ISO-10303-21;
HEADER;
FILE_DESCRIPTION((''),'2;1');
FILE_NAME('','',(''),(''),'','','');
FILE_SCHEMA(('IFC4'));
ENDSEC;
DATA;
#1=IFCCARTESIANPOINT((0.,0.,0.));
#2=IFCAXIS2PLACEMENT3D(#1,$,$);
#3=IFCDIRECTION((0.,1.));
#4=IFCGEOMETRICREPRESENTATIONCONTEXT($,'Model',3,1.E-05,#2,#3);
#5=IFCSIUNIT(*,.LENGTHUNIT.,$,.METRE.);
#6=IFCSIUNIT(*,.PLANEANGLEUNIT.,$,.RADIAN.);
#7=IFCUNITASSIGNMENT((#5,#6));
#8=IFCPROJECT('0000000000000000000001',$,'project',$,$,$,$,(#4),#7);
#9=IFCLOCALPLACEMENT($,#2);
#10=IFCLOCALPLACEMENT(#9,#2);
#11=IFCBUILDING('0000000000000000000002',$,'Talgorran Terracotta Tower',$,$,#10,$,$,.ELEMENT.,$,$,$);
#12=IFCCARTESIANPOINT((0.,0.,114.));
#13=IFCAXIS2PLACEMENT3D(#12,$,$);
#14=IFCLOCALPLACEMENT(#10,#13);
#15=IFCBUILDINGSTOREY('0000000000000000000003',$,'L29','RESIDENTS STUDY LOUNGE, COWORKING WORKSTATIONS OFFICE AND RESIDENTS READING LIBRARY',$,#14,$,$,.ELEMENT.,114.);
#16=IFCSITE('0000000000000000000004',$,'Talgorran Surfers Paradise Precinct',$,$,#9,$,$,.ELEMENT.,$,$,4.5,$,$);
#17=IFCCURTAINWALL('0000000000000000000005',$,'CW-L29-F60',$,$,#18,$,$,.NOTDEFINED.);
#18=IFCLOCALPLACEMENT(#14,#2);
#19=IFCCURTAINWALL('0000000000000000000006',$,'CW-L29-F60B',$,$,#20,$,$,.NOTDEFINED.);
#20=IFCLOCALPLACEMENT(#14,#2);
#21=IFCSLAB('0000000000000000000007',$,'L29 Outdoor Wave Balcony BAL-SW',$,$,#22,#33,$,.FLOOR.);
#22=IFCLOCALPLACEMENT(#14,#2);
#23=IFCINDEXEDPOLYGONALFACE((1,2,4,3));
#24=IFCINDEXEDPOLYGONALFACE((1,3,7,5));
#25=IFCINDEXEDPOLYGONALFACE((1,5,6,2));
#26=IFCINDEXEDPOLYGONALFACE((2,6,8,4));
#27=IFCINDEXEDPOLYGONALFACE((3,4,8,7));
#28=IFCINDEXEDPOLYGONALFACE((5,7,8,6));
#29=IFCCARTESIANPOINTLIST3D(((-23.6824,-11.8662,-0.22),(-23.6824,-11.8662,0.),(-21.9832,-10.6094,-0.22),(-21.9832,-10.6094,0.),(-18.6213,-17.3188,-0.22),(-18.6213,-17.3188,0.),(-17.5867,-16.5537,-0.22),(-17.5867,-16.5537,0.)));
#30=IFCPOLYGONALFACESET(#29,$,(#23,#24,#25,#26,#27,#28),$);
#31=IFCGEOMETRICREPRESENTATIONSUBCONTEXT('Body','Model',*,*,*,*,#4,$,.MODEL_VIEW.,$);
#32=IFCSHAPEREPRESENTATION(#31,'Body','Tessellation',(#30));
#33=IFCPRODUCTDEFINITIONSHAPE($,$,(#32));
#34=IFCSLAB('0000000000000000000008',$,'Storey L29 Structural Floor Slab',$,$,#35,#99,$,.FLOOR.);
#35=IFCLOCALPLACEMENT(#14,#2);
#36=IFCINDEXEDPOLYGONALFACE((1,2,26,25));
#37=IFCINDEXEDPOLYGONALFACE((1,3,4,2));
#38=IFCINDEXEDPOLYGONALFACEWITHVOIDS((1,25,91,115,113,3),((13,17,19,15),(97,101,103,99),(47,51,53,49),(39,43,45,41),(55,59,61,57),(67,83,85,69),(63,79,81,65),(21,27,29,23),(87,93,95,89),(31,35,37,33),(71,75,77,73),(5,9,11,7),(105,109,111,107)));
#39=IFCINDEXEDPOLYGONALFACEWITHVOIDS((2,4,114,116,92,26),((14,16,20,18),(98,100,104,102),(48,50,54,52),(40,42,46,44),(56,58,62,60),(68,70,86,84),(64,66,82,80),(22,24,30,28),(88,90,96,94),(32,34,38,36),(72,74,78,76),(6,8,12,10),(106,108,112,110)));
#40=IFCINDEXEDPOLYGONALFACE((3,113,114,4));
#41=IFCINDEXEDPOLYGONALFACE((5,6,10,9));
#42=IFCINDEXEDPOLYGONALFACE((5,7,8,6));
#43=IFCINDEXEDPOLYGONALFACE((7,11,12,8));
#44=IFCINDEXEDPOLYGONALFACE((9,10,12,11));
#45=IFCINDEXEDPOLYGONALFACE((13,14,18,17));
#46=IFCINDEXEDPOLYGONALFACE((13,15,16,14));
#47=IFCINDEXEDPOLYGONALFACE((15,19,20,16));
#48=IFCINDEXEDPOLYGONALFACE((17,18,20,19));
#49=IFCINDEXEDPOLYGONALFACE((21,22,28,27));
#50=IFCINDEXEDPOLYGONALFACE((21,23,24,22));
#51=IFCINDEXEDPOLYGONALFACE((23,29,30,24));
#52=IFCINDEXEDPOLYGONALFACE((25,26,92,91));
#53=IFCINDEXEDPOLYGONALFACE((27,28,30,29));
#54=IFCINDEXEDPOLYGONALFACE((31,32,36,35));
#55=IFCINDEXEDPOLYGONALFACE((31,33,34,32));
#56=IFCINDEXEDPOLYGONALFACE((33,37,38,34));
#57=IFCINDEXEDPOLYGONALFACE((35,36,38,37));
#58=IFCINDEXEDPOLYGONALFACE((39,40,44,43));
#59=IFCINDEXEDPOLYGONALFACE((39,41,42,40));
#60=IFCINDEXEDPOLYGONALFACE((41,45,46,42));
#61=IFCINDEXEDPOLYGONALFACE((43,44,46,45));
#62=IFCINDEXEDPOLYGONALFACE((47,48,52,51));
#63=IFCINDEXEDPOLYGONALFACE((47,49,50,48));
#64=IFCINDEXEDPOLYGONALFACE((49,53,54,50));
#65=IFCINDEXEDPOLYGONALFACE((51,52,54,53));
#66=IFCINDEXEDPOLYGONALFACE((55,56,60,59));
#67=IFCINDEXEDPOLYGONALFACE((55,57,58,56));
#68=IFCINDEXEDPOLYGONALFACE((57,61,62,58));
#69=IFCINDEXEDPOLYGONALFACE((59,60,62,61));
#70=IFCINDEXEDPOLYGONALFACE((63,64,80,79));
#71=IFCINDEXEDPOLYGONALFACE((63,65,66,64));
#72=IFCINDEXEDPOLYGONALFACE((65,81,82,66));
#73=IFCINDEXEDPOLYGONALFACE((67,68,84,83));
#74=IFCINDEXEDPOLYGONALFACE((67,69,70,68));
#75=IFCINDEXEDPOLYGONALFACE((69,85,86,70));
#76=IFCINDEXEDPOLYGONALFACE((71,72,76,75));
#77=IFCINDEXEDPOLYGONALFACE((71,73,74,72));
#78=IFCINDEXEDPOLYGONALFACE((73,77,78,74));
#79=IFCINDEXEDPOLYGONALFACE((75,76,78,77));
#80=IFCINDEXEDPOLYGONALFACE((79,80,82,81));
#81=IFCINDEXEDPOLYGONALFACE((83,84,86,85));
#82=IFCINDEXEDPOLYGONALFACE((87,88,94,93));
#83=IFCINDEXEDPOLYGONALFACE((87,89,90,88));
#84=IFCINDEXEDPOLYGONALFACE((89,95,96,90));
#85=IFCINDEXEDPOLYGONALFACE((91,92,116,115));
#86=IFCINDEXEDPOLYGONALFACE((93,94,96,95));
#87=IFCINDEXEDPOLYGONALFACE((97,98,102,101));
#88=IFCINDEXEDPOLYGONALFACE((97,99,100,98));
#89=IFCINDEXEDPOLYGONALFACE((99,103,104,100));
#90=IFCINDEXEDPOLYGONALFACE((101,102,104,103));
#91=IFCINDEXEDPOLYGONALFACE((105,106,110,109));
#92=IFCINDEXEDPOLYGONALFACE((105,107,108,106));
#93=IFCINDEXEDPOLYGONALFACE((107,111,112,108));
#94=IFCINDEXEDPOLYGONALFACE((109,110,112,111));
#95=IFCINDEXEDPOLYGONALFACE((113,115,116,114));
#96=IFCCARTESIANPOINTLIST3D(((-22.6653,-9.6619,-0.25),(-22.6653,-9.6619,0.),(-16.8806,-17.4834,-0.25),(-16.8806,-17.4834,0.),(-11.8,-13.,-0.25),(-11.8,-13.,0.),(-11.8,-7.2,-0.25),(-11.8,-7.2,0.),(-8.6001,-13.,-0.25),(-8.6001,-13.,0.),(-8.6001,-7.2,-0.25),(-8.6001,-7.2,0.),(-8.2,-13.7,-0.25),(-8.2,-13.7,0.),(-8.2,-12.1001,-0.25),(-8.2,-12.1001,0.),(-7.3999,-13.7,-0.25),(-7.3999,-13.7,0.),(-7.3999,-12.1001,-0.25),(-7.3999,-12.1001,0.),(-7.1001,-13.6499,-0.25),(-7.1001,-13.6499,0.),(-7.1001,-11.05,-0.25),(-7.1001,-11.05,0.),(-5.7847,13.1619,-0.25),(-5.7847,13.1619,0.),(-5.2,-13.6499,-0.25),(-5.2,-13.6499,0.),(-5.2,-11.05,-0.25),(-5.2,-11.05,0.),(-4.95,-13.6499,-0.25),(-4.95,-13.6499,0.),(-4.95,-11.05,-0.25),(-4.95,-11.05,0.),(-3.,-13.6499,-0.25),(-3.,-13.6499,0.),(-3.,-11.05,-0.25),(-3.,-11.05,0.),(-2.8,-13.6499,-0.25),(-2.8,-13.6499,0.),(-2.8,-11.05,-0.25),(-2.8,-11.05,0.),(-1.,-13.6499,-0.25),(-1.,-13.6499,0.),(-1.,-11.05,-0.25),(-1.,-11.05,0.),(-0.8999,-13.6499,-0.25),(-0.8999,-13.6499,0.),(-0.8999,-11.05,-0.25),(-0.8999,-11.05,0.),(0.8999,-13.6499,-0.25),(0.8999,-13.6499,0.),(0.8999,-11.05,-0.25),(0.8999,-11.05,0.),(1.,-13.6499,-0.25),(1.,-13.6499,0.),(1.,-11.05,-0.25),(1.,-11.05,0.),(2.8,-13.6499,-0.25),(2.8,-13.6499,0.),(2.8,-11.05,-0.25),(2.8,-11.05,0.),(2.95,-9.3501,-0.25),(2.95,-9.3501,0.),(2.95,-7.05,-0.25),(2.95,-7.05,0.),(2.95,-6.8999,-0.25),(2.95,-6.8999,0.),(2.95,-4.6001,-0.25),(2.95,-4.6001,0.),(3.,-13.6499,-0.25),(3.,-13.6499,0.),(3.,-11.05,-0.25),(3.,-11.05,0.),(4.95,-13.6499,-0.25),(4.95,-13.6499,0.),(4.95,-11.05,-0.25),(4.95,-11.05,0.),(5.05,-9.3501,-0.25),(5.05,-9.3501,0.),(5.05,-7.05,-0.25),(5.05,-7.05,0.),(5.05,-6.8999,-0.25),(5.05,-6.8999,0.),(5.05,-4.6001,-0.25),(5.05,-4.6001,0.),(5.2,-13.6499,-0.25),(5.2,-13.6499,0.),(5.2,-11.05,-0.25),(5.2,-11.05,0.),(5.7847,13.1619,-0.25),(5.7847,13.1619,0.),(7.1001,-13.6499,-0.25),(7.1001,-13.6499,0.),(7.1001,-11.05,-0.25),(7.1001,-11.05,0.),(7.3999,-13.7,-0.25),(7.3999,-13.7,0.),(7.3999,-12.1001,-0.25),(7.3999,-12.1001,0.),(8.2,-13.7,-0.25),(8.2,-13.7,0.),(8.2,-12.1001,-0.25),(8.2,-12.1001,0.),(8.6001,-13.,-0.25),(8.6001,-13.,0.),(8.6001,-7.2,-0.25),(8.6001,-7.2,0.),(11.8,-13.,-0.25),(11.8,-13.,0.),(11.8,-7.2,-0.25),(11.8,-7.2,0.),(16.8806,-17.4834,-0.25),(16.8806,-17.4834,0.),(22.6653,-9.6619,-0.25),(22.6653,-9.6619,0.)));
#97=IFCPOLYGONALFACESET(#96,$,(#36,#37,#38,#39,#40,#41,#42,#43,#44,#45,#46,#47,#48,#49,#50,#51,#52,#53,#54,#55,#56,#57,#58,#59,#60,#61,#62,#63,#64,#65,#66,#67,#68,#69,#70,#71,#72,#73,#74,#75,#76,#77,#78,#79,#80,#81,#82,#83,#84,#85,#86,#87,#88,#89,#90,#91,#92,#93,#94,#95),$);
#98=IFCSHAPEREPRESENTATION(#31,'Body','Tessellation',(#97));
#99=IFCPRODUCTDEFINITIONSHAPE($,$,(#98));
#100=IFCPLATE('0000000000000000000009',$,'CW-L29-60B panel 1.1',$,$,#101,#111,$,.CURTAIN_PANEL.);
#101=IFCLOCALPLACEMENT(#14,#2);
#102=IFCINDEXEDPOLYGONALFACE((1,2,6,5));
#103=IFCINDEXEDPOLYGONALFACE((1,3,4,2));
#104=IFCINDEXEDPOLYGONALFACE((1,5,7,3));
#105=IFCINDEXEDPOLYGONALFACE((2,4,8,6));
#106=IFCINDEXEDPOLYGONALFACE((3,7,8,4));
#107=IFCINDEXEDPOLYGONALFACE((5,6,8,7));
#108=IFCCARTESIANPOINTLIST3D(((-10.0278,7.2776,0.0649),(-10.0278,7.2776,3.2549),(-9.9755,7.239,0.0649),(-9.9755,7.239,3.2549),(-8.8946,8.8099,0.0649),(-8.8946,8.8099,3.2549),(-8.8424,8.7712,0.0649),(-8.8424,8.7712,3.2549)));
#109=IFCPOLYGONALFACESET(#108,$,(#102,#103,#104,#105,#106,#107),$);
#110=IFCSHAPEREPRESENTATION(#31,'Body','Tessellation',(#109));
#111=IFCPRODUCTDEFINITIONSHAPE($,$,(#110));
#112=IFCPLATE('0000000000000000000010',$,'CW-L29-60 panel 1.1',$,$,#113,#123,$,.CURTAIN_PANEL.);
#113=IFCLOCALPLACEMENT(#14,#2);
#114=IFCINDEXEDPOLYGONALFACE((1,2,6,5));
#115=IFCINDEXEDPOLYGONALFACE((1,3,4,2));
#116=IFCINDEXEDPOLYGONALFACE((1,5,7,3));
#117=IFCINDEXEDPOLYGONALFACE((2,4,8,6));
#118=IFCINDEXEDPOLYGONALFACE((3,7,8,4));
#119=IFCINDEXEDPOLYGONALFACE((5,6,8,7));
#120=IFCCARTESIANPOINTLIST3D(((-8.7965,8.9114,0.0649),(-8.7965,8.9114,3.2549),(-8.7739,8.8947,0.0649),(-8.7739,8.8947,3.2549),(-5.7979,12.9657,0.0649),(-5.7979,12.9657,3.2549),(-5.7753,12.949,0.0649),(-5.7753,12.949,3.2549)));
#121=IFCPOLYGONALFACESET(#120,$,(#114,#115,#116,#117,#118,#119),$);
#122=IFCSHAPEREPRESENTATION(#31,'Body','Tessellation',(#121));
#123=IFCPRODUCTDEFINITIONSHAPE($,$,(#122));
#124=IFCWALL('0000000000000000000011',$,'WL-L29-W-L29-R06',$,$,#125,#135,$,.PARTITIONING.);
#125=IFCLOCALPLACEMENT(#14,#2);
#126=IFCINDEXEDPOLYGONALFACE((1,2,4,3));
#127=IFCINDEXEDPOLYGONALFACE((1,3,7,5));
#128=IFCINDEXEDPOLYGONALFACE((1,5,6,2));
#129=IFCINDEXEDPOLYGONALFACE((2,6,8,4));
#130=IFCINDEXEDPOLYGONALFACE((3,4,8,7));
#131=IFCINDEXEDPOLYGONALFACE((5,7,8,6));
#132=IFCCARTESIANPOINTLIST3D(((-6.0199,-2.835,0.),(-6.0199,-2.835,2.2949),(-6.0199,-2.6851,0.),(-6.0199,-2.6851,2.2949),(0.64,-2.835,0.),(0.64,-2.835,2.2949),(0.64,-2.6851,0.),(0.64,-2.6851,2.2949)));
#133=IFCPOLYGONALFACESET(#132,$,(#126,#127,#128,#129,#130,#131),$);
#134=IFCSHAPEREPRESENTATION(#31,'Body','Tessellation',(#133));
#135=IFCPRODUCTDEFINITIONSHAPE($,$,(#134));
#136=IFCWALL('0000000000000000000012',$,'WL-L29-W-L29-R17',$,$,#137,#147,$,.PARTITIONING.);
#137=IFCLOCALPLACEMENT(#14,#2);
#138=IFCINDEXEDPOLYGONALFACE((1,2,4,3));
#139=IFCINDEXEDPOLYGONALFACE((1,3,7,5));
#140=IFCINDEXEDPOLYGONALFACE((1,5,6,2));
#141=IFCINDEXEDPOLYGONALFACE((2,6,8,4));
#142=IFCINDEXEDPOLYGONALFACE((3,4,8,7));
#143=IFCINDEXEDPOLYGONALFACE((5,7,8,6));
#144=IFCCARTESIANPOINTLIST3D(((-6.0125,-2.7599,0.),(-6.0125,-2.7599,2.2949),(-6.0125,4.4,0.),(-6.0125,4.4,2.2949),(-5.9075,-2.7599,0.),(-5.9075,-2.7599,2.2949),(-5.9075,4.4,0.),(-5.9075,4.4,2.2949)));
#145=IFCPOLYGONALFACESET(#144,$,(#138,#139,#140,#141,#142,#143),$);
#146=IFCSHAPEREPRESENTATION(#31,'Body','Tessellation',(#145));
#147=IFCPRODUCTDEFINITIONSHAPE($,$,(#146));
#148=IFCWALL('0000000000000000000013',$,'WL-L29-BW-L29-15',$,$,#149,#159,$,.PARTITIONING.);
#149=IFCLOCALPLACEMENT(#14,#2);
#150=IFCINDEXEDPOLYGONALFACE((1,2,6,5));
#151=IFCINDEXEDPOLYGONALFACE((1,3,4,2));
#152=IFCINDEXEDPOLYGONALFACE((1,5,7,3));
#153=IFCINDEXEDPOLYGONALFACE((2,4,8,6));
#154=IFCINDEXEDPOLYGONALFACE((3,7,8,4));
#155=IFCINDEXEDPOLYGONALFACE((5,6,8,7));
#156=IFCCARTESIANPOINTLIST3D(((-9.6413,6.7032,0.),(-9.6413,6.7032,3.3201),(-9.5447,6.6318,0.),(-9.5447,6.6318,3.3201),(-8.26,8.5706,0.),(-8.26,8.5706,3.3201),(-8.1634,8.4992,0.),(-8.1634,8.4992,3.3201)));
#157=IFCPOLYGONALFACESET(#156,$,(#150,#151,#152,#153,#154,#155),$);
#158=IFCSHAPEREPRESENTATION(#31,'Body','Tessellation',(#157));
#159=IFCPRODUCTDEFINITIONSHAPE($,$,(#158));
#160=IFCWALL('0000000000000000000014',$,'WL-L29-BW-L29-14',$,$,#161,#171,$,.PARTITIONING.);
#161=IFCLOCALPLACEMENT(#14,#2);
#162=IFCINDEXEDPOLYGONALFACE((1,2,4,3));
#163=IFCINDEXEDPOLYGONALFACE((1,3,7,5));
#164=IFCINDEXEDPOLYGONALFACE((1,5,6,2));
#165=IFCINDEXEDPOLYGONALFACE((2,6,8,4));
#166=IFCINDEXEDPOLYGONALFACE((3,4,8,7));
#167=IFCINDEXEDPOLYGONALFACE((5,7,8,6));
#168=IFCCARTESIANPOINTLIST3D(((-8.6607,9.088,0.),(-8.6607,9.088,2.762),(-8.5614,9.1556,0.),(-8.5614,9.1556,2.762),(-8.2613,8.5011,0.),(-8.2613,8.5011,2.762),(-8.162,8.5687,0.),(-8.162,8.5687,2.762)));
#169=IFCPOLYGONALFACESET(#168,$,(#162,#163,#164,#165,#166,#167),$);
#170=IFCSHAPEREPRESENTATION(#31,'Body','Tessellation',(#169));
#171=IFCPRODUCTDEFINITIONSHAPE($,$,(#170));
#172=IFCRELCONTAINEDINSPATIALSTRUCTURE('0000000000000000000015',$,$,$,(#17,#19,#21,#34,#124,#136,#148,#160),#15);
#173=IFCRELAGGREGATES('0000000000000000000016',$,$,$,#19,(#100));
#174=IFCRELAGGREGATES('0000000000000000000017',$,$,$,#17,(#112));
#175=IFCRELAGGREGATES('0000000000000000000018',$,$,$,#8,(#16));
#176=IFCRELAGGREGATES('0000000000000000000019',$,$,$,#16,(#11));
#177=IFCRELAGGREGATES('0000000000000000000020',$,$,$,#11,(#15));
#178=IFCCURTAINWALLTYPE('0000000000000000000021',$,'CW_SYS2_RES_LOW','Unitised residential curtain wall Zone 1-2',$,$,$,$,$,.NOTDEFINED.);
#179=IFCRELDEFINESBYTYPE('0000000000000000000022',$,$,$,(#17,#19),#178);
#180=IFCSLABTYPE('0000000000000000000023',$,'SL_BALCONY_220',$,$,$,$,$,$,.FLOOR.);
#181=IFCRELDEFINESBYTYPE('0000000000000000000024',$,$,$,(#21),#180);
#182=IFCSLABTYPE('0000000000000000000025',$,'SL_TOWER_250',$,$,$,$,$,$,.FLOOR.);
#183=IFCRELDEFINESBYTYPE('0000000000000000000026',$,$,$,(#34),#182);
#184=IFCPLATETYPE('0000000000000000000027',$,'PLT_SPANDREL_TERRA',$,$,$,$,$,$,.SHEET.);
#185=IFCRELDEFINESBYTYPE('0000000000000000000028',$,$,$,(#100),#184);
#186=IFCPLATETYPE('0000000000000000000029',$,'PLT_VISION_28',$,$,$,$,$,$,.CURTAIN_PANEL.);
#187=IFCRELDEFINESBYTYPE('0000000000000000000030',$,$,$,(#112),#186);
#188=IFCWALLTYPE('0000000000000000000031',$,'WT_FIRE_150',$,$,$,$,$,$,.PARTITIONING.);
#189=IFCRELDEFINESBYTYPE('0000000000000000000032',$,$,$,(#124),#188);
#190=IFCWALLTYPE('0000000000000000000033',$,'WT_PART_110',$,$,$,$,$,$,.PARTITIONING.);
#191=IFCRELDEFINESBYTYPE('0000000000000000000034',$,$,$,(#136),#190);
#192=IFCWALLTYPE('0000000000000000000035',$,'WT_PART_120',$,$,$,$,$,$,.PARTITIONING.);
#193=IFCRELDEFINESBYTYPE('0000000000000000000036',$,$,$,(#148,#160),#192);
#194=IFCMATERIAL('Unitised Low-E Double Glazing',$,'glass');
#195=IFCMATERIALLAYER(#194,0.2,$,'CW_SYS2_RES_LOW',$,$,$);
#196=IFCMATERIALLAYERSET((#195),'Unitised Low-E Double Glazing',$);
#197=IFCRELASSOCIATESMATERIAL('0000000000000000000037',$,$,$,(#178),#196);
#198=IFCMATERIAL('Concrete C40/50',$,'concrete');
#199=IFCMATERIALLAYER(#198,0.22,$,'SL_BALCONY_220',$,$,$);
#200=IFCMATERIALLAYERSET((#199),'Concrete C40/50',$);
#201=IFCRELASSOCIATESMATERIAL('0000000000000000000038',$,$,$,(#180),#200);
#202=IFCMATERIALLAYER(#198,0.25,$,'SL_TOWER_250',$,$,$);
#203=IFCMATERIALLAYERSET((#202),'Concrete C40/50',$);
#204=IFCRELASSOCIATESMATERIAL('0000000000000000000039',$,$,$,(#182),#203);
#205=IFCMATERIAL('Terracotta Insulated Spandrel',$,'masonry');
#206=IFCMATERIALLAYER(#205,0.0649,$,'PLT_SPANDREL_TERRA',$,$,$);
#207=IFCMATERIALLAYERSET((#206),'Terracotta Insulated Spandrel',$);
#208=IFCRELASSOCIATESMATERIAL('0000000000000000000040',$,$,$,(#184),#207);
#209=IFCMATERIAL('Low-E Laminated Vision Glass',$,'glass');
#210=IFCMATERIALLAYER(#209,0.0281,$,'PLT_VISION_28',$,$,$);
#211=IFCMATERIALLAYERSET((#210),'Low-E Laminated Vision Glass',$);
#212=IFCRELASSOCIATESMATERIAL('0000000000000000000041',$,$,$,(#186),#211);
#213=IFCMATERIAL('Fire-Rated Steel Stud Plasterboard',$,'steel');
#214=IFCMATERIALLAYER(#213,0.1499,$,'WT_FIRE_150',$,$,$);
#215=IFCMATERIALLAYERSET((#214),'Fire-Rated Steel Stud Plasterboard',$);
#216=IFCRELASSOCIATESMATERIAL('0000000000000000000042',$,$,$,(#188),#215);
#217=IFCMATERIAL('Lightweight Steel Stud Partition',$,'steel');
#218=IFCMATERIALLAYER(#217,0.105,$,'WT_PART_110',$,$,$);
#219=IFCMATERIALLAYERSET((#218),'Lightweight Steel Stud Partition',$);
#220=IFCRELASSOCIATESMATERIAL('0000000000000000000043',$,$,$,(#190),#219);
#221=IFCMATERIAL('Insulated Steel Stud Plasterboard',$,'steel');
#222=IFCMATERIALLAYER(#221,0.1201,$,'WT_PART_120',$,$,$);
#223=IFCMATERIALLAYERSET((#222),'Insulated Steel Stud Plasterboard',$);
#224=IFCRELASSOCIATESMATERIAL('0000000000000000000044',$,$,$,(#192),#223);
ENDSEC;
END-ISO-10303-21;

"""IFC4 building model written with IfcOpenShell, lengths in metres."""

from ifc_helpers import new_model, si_unit, direction, frame, frame_2d, origin, origin_2d, place, context, subcontext, project, spatial, polyline, rectangle, outline, extrude, source, transform, mapped, material, layer, layer_set, type_object, type_shapes, element, aggregate, save


model = new_model("IFC4")

# Units and contexts
model_context = context("Model", 3, precision=1e-05, world=origin(), true_north=direction((0.0, 1.0)))
body_context = subcontext(model_context, "Body", "Model", "MODEL_VIEW")
ifc_project = project(units=[si_unit("LENGTHUNIT", "METRE"), si_unit("PLANEANGLEUNIT", "RADIAN")], contexts=[model_context])

# Site, building, storey
site_placement = place(None, origin())
site = spatial("IfcSite", under=ifc_project, at=site_placement, Name="Talgorran Surfers Paradise Precinct", CompositionType="ELEMENT", RefElevation=4.5)
building_placement = place(site_placement, origin())
building = spatial("IfcBuilding", under=site, at=building_placement, Name="Talgorran Terracotta Tower", CompositionType="ELEMENT")
storey_placement = place(building_placement, frame((0.0, 0.0, 114.0)))
storey = spatial("IfcBuildingStorey", under=building, at=storey_placement, Name="L29", Description="RESIDENTS STUDY LOUNGE, COWORKING WORKSTATIONS OFFICE AND RESIDENTS READING LIBRARY", CompositionType="ELEMENT", Elevation=114.0)

# Shared definitions
ifc_material_1 = material(Name="Unitised Low-E Double Glazing", Category="glass")
ifc_layer_1 = layer(ifc_material_1, 0.2, Name="CW_SYS2_RES_LOW")
ifc_layer_set_1 = layer_set([ifc_layer_1], Name="Unitised Low-E Double Glazing")
curtain_wall_type = type_object("IfcCurtainWallType", Name="CW_SYS2_RES_LOW", Description="Unitised residential curtain wall Zone 1-2", PredefinedType="NOTDEFINED", material=ifc_layer_set_1)

# Curtain wall
curtain_wall_1_placement = place(storey_placement, origin())
curtain_wall_1 = element("IfcCurtainWall", 1, at=curtain_wall_1_placement, inside=storey, type_object=curtain_wall_type, Name="CW-L29-F60", PredefinedType="NOTDEFINED")

# Curtain wall
curtain_wall_2_placement = place(storey_placement, origin())
curtain_wall_2 = element("IfcCurtainWall", 2, at=curtain_wall_2_placement, inside=storey, type_object=curtain_wall_type, Name="CW-L29-F60B", PredefinedType="NOTDEFINED")

# Slabs
ifc_material_2 = material(Name="Concrete C40/50", Category="concrete")
ifc_layer_2 = layer(ifc_material_2, 0.22, Name="SL_BALCONY_220")
ifc_layer_set_2 = layer_set([ifc_layer_2], Name="Concrete C40/50")
slab_type_1 = type_object("IfcSlabType", Name="SL_BALCONY_220", PredefinedType="FLOOR", material=ifc_layer_set_2)
slab_1_placement = place(storey_placement, frame((0.0, 0.0, -0.22)))
element("IfcSlab", 3, at=slab_1_placement, inside=storey, type_object=slab_type_1, Name="L29 Outdoor Wave Balcony BAL-SW", PredefinedType="FLOOR", context=body_context, shape_type="SweptSolid", body=[
    extrude(outline(polyline([(-17.5867, -16.5537), (-21.9832, -10.6094), (-23.6824, -11.8662), (-18.6213, -17.3188), (-17.5867, -16.5537)])), origin(), (0.0, 0.0, 1.0), 0.22),
])
ifc_layer_3 = layer(ifc_material_2, 0.25, Name="SL_TOWER_250")
ifc_layer_set_3 = layer_set([ifc_layer_3], Name="Concrete C40/50")
slab_type_2 = type_object("IfcSlabType", Name="SL_TOWER_250", PredefinedType="FLOOR", material=ifc_layer_set_3)
slab_2_placement = place(storey_placement, frame((0.0, 0.0, -0.25)))
element("IfcSlab", 4, at=slab_2_placement, inside=storey, type_object=slab_type_2, Name="Storey L29 Structural Floor Slab", PredefinedType="FLOOR", context=body_context, shape_type="SweptSolid", body=[
    extrude(outline(polyline([(-22.6653, -9.6619), (-16.8806, -17.4834), (16.8806, -17.4834), (22.6653, -9.6619), (5.7847, 13.1619), (-5.7847, 13.1619), (-22.6653, -9.6619)]), holes=[polyline([(-11.8, -7.2), (-11.8, -13.0), (-8.6001, -13.0), (-8.6001, -7.2), (-11.8, -7.2)]), polyline([(8.6001, -7.2), (8.6001, -13.0), (11.8, -13.0), (11.8, -7.2), (8.6001, -7.2)]), polyline([(-7.1001, -13.6499), (-5.2, -13.6499), (-5.2, -11.05), (-7.1001, -11.05), (-7.1001, -13.6499)]), polyline([(5.2, -13.6499), (7.1001, -13.6499), (7.1001, -11.05), (5.2, -11.05), (5.2, -13.6499)]), polyline([(3.0, -13.6499), (4.95, -13.6499), (4.95, -11.05), (3.0, -11.05), (3.0, -13.6499)]), polyline([(-4.95, -13.6499), (-3.0, -13.6499), (-3.0, -11.05), (-4.95, -11.05), (-4.95, -13.6499)]), polyline([(2.95, -9.3501), (5.05, -9.3501), (5.05, -7.05), (2.95, -7.05), (2.95, -9.3501)]), polyline([(2.95, -6.8999), (5.05, -6.8999), (5.05, -4.6001), (2.95, -4.6001), (2.95, -6.8999)]), polyline([(-2.8, -13.6499), (-1.0, -13.6499), (-1.0, -11.05), (-2.8, -11.05), (-2.8, -13.6499)]), polyline([(-0.8999, -13.6499), (0.8999, -13.6499), (0.8999, -11.05), (-0.8999, -11.05), (-0.8999, -13.6499)]), polyline([(1.0, -13.6499), (2.8, -13.6499), (2.8, -11.05), (1.0, -11.05), (1.0, -13.6499)]), polyline([(-8.2, -13.7), (-7.3999, -13.7), (-7.3999, -12.1001), (-8.2, -12.1001), (-8.2, -13.7)]), polyline([(7.3999, -13.7), (8.2, -13.7), (8.2, -12.1001), (7.3999, -12.1001), (7.3999, -13.7)])]), origin(), (0.0, 0.0, 1.0), 0.25),
])

# Plates
ifc_material_3 = material(Name="Terracotta Insulated Spandrel", Category="masonry")
ifc_layer_4 = layer(ifc_material_3, 0.0649, Name="PLT_SPANDREL_TERRA")
ifc_layer_set_4 = layer_set([ifc_layer_4], Name="Terracotta Insulated Spandrel")
plate_type_1 = type_object("IfcPlateType", Name="PLT_SPANDREL_TERRA", PredefinedType="SHEET", material=ifc_layer_set_4)
shared_shape_1 = source(origin(), body_context, "Body", "SweptSolid", [
    extrude(rectangle(XDim=1.9058, YDim=0.0649, at=origin_2d()), origin(), (0.0, 0.0, 1.0), 3.1899),
])
type_shapes(plate_type_1, [shared_shape_1])
plate_1_placement = place(storey_placement, frame((-9.4351, 8.0244, 0.0649), z_axis=(0.0, 0.0, 1.0), x_axis=(-0.594611, -0.804014, 0.0)))
plate_1 = element("IfcPlate", 5, at=plate_1_placement, type_object=plate_type_1, Name="CW-L29-60B panel 1.1", PredefinedType="CURTAIN_PANEL", context=body_context, shape_type="MappedRepresentation", body=[
    mapped(shared_shape_1, transform((0.0, 0.0, 0.0), scale=1.0)),
])
aggregate(curtain_wall_2, [plate_1])
ifc_material_4 = material(Name="Low-E Laminated Vision Glass", Category="glass")
ifc_layer_5 = layer(ifc_material_4, 0.0281, Name="PLT_VISION_28")
ifc_layer_set_5 = layer_set([ifc_layer_5], Name="Low-E Laminated Vision Glass")
plate_type_2 = type_object("IfcPlateType", Name="PLT_VISION_28", PredefinedType="CURTAIN_PANEL", material=ifc_layer_set_5)
shared_shape_2 = source(origin(), body_context, "Body", "SweptSolid", [
    extrude(rectangle(XDim=5.0427, YDim=0.0281, at=origin_2d()), origin(), (0.0, 0.0, 1.0), 3.1899),
])
type_shapes(plate_type_2, [shared_shape_2])
plate_2_placement = place(storey_placement, frame((-7.2859, 10.9302, 0.0649), z_axis=(0.0, 0.0, 1.0), x_axis=(-0.594632, -0.803998, 0.0)))
plate_2 = element("IfcPlate", 6, at=plate_2_placement, type_object=plate_type_2, Name="CW-L29-60 panel 1.1", PredefinedType="CURTAIN_PANEL", context=body_context, shape_type="MappedRepresentation", body=[
    mapped(shared_shape_2, transform((0.0, 0.0, 0.0), scale=1.0)),
])
aggregate(curtain_wall_1, [plate_2])

# Walls
ifc_material_5 = material(Name="Fire-Rated Steel Stud Plasterboard", Category="steel")
ifc_layer_6 = layer(ifc_material_5, 0.1499, Name="WT_FIRE_150")
ifc_layer_set_6 = layer_set([ifc_layer_6], Name="Fire-Rated Steel Stud Plasterboard")
wall_type_1 = type_object("IfcWallType", Name="WT_FIRE_150", PredefinedType="PARTITIONING", material=ifc_layer_set_6)
wall_1_placement = place(storey_placement, frame((-6.02, -2.76, 0.0), z_axis=(0.0, 0.0, 1.0), x_axis=(1.0, 0.0, 0.0)))
element("IfcWall", 7, at=wall_1_placement, inside=storey, type_object=wall_type_1, Name="WL-L29-W-L29-R06", PredefinedType="PARTITIONING", context=body_context, shape_type="SweptSolid", body=[
    extrude(rectangle(XDim=6.6599, YDim=0.1499, at=frame_2d((3.3301, 0.0))), origin(), (0.0, 0.0, 1.0), 2.2949),
])
ifc_material_6 = material(Name="Lightweight Steel Stud Partition", Category="steel")
ifc_layer_7 = layer(ifc_material_6, 0.105, Name="WT_PART_110")
ifc_layer_set_7 = layer_set([ifc_layer_7], Name="Lightweight Steel Stud Partition")
wall_type_2 = type_object("IfcWallType", Name="WT_PART_110", PredefinedType="PARTITIONING", material=ifc_layer_set_7)
wall_2_placement = place(storey_placement, frame((-5.96, -2.76, 0.0), z_axis=(0.0, 0.0, 1.0), x_axis=(0.0, 1.0, 0.0)))
element("IfcWall", 8, at=wall_2_placement, inside=storey, type_object=wall_type_2, Name="WL-L29-W-L29-R17", PredefinedType="PARTITIONING", context=body_context, shape_type="SweptSolid", body=[
    extrude(rectangle(XDim=7.1599, YDim=0.105, at=frame_2d((3.5801, 0.0))), origin(), (0.0, 0.0, 1.0), 2.2949),
])
ifc_material_7 = material(Name="Insulated Steel Stud Plasterboard", Category="steel")
ifc_layer_8 = layer(ifc_material_7, 0.1201, Name="WT_PART_120")
ifc_layer_set_8 = layer_set([ifc_layer_8], Name="Insulated Steel Stud Plasterboard")
wall_type_3 = type_object("IfcWallType", Name="WT_PART_120", PredefinedType="PARTITIONING", material=ifc_layer_set_8)
wall_3_placement = place(storey_placement, frame((-8.2117, 8.5349, 0.0), z_axis=(0.0, 0.0, 1.0), x_axis=(-0.59469, -0.803955, 0.0)))
element("IfcWall", 9, at=wall_3_placement, inside=storey, type_object=wall_type_3, Name="WL-L29-BW-L29-15", PredefinedType="PARTITIONING", context=body_context, shape_type="SweptSolid", body=[
    extrude(rectangle(XDim=2.3228, YDim=0.1201, at=frame_2d((1.1614, 0.0))), origin(), (0.0, 0.0, 1.0), 3.3201),
])
wall_4_placement = place(storey_placement, frame((-8.6111, 9.1218, 0.0), z_axis=(0.0, 0.0, 1.0), x_axis=(0.562611, -0.826722, 0.0)))
element("IfcWall", 10, at=wall_4_placement, inside=storey, type_object=wall_type_3, Name="WL-L29-BW-L29-14", PredefinedType="PARTITIONING", context=body_context, shape_type="SweptSolid", body=[
    extrude(rectangle(XDim=0.71, YDim=0.1201, at=frame_2d((0.355, 0.0))), origin(), (0.0, 0.0, 1.0), 2.762),
])

save(model, "model.ifc")
